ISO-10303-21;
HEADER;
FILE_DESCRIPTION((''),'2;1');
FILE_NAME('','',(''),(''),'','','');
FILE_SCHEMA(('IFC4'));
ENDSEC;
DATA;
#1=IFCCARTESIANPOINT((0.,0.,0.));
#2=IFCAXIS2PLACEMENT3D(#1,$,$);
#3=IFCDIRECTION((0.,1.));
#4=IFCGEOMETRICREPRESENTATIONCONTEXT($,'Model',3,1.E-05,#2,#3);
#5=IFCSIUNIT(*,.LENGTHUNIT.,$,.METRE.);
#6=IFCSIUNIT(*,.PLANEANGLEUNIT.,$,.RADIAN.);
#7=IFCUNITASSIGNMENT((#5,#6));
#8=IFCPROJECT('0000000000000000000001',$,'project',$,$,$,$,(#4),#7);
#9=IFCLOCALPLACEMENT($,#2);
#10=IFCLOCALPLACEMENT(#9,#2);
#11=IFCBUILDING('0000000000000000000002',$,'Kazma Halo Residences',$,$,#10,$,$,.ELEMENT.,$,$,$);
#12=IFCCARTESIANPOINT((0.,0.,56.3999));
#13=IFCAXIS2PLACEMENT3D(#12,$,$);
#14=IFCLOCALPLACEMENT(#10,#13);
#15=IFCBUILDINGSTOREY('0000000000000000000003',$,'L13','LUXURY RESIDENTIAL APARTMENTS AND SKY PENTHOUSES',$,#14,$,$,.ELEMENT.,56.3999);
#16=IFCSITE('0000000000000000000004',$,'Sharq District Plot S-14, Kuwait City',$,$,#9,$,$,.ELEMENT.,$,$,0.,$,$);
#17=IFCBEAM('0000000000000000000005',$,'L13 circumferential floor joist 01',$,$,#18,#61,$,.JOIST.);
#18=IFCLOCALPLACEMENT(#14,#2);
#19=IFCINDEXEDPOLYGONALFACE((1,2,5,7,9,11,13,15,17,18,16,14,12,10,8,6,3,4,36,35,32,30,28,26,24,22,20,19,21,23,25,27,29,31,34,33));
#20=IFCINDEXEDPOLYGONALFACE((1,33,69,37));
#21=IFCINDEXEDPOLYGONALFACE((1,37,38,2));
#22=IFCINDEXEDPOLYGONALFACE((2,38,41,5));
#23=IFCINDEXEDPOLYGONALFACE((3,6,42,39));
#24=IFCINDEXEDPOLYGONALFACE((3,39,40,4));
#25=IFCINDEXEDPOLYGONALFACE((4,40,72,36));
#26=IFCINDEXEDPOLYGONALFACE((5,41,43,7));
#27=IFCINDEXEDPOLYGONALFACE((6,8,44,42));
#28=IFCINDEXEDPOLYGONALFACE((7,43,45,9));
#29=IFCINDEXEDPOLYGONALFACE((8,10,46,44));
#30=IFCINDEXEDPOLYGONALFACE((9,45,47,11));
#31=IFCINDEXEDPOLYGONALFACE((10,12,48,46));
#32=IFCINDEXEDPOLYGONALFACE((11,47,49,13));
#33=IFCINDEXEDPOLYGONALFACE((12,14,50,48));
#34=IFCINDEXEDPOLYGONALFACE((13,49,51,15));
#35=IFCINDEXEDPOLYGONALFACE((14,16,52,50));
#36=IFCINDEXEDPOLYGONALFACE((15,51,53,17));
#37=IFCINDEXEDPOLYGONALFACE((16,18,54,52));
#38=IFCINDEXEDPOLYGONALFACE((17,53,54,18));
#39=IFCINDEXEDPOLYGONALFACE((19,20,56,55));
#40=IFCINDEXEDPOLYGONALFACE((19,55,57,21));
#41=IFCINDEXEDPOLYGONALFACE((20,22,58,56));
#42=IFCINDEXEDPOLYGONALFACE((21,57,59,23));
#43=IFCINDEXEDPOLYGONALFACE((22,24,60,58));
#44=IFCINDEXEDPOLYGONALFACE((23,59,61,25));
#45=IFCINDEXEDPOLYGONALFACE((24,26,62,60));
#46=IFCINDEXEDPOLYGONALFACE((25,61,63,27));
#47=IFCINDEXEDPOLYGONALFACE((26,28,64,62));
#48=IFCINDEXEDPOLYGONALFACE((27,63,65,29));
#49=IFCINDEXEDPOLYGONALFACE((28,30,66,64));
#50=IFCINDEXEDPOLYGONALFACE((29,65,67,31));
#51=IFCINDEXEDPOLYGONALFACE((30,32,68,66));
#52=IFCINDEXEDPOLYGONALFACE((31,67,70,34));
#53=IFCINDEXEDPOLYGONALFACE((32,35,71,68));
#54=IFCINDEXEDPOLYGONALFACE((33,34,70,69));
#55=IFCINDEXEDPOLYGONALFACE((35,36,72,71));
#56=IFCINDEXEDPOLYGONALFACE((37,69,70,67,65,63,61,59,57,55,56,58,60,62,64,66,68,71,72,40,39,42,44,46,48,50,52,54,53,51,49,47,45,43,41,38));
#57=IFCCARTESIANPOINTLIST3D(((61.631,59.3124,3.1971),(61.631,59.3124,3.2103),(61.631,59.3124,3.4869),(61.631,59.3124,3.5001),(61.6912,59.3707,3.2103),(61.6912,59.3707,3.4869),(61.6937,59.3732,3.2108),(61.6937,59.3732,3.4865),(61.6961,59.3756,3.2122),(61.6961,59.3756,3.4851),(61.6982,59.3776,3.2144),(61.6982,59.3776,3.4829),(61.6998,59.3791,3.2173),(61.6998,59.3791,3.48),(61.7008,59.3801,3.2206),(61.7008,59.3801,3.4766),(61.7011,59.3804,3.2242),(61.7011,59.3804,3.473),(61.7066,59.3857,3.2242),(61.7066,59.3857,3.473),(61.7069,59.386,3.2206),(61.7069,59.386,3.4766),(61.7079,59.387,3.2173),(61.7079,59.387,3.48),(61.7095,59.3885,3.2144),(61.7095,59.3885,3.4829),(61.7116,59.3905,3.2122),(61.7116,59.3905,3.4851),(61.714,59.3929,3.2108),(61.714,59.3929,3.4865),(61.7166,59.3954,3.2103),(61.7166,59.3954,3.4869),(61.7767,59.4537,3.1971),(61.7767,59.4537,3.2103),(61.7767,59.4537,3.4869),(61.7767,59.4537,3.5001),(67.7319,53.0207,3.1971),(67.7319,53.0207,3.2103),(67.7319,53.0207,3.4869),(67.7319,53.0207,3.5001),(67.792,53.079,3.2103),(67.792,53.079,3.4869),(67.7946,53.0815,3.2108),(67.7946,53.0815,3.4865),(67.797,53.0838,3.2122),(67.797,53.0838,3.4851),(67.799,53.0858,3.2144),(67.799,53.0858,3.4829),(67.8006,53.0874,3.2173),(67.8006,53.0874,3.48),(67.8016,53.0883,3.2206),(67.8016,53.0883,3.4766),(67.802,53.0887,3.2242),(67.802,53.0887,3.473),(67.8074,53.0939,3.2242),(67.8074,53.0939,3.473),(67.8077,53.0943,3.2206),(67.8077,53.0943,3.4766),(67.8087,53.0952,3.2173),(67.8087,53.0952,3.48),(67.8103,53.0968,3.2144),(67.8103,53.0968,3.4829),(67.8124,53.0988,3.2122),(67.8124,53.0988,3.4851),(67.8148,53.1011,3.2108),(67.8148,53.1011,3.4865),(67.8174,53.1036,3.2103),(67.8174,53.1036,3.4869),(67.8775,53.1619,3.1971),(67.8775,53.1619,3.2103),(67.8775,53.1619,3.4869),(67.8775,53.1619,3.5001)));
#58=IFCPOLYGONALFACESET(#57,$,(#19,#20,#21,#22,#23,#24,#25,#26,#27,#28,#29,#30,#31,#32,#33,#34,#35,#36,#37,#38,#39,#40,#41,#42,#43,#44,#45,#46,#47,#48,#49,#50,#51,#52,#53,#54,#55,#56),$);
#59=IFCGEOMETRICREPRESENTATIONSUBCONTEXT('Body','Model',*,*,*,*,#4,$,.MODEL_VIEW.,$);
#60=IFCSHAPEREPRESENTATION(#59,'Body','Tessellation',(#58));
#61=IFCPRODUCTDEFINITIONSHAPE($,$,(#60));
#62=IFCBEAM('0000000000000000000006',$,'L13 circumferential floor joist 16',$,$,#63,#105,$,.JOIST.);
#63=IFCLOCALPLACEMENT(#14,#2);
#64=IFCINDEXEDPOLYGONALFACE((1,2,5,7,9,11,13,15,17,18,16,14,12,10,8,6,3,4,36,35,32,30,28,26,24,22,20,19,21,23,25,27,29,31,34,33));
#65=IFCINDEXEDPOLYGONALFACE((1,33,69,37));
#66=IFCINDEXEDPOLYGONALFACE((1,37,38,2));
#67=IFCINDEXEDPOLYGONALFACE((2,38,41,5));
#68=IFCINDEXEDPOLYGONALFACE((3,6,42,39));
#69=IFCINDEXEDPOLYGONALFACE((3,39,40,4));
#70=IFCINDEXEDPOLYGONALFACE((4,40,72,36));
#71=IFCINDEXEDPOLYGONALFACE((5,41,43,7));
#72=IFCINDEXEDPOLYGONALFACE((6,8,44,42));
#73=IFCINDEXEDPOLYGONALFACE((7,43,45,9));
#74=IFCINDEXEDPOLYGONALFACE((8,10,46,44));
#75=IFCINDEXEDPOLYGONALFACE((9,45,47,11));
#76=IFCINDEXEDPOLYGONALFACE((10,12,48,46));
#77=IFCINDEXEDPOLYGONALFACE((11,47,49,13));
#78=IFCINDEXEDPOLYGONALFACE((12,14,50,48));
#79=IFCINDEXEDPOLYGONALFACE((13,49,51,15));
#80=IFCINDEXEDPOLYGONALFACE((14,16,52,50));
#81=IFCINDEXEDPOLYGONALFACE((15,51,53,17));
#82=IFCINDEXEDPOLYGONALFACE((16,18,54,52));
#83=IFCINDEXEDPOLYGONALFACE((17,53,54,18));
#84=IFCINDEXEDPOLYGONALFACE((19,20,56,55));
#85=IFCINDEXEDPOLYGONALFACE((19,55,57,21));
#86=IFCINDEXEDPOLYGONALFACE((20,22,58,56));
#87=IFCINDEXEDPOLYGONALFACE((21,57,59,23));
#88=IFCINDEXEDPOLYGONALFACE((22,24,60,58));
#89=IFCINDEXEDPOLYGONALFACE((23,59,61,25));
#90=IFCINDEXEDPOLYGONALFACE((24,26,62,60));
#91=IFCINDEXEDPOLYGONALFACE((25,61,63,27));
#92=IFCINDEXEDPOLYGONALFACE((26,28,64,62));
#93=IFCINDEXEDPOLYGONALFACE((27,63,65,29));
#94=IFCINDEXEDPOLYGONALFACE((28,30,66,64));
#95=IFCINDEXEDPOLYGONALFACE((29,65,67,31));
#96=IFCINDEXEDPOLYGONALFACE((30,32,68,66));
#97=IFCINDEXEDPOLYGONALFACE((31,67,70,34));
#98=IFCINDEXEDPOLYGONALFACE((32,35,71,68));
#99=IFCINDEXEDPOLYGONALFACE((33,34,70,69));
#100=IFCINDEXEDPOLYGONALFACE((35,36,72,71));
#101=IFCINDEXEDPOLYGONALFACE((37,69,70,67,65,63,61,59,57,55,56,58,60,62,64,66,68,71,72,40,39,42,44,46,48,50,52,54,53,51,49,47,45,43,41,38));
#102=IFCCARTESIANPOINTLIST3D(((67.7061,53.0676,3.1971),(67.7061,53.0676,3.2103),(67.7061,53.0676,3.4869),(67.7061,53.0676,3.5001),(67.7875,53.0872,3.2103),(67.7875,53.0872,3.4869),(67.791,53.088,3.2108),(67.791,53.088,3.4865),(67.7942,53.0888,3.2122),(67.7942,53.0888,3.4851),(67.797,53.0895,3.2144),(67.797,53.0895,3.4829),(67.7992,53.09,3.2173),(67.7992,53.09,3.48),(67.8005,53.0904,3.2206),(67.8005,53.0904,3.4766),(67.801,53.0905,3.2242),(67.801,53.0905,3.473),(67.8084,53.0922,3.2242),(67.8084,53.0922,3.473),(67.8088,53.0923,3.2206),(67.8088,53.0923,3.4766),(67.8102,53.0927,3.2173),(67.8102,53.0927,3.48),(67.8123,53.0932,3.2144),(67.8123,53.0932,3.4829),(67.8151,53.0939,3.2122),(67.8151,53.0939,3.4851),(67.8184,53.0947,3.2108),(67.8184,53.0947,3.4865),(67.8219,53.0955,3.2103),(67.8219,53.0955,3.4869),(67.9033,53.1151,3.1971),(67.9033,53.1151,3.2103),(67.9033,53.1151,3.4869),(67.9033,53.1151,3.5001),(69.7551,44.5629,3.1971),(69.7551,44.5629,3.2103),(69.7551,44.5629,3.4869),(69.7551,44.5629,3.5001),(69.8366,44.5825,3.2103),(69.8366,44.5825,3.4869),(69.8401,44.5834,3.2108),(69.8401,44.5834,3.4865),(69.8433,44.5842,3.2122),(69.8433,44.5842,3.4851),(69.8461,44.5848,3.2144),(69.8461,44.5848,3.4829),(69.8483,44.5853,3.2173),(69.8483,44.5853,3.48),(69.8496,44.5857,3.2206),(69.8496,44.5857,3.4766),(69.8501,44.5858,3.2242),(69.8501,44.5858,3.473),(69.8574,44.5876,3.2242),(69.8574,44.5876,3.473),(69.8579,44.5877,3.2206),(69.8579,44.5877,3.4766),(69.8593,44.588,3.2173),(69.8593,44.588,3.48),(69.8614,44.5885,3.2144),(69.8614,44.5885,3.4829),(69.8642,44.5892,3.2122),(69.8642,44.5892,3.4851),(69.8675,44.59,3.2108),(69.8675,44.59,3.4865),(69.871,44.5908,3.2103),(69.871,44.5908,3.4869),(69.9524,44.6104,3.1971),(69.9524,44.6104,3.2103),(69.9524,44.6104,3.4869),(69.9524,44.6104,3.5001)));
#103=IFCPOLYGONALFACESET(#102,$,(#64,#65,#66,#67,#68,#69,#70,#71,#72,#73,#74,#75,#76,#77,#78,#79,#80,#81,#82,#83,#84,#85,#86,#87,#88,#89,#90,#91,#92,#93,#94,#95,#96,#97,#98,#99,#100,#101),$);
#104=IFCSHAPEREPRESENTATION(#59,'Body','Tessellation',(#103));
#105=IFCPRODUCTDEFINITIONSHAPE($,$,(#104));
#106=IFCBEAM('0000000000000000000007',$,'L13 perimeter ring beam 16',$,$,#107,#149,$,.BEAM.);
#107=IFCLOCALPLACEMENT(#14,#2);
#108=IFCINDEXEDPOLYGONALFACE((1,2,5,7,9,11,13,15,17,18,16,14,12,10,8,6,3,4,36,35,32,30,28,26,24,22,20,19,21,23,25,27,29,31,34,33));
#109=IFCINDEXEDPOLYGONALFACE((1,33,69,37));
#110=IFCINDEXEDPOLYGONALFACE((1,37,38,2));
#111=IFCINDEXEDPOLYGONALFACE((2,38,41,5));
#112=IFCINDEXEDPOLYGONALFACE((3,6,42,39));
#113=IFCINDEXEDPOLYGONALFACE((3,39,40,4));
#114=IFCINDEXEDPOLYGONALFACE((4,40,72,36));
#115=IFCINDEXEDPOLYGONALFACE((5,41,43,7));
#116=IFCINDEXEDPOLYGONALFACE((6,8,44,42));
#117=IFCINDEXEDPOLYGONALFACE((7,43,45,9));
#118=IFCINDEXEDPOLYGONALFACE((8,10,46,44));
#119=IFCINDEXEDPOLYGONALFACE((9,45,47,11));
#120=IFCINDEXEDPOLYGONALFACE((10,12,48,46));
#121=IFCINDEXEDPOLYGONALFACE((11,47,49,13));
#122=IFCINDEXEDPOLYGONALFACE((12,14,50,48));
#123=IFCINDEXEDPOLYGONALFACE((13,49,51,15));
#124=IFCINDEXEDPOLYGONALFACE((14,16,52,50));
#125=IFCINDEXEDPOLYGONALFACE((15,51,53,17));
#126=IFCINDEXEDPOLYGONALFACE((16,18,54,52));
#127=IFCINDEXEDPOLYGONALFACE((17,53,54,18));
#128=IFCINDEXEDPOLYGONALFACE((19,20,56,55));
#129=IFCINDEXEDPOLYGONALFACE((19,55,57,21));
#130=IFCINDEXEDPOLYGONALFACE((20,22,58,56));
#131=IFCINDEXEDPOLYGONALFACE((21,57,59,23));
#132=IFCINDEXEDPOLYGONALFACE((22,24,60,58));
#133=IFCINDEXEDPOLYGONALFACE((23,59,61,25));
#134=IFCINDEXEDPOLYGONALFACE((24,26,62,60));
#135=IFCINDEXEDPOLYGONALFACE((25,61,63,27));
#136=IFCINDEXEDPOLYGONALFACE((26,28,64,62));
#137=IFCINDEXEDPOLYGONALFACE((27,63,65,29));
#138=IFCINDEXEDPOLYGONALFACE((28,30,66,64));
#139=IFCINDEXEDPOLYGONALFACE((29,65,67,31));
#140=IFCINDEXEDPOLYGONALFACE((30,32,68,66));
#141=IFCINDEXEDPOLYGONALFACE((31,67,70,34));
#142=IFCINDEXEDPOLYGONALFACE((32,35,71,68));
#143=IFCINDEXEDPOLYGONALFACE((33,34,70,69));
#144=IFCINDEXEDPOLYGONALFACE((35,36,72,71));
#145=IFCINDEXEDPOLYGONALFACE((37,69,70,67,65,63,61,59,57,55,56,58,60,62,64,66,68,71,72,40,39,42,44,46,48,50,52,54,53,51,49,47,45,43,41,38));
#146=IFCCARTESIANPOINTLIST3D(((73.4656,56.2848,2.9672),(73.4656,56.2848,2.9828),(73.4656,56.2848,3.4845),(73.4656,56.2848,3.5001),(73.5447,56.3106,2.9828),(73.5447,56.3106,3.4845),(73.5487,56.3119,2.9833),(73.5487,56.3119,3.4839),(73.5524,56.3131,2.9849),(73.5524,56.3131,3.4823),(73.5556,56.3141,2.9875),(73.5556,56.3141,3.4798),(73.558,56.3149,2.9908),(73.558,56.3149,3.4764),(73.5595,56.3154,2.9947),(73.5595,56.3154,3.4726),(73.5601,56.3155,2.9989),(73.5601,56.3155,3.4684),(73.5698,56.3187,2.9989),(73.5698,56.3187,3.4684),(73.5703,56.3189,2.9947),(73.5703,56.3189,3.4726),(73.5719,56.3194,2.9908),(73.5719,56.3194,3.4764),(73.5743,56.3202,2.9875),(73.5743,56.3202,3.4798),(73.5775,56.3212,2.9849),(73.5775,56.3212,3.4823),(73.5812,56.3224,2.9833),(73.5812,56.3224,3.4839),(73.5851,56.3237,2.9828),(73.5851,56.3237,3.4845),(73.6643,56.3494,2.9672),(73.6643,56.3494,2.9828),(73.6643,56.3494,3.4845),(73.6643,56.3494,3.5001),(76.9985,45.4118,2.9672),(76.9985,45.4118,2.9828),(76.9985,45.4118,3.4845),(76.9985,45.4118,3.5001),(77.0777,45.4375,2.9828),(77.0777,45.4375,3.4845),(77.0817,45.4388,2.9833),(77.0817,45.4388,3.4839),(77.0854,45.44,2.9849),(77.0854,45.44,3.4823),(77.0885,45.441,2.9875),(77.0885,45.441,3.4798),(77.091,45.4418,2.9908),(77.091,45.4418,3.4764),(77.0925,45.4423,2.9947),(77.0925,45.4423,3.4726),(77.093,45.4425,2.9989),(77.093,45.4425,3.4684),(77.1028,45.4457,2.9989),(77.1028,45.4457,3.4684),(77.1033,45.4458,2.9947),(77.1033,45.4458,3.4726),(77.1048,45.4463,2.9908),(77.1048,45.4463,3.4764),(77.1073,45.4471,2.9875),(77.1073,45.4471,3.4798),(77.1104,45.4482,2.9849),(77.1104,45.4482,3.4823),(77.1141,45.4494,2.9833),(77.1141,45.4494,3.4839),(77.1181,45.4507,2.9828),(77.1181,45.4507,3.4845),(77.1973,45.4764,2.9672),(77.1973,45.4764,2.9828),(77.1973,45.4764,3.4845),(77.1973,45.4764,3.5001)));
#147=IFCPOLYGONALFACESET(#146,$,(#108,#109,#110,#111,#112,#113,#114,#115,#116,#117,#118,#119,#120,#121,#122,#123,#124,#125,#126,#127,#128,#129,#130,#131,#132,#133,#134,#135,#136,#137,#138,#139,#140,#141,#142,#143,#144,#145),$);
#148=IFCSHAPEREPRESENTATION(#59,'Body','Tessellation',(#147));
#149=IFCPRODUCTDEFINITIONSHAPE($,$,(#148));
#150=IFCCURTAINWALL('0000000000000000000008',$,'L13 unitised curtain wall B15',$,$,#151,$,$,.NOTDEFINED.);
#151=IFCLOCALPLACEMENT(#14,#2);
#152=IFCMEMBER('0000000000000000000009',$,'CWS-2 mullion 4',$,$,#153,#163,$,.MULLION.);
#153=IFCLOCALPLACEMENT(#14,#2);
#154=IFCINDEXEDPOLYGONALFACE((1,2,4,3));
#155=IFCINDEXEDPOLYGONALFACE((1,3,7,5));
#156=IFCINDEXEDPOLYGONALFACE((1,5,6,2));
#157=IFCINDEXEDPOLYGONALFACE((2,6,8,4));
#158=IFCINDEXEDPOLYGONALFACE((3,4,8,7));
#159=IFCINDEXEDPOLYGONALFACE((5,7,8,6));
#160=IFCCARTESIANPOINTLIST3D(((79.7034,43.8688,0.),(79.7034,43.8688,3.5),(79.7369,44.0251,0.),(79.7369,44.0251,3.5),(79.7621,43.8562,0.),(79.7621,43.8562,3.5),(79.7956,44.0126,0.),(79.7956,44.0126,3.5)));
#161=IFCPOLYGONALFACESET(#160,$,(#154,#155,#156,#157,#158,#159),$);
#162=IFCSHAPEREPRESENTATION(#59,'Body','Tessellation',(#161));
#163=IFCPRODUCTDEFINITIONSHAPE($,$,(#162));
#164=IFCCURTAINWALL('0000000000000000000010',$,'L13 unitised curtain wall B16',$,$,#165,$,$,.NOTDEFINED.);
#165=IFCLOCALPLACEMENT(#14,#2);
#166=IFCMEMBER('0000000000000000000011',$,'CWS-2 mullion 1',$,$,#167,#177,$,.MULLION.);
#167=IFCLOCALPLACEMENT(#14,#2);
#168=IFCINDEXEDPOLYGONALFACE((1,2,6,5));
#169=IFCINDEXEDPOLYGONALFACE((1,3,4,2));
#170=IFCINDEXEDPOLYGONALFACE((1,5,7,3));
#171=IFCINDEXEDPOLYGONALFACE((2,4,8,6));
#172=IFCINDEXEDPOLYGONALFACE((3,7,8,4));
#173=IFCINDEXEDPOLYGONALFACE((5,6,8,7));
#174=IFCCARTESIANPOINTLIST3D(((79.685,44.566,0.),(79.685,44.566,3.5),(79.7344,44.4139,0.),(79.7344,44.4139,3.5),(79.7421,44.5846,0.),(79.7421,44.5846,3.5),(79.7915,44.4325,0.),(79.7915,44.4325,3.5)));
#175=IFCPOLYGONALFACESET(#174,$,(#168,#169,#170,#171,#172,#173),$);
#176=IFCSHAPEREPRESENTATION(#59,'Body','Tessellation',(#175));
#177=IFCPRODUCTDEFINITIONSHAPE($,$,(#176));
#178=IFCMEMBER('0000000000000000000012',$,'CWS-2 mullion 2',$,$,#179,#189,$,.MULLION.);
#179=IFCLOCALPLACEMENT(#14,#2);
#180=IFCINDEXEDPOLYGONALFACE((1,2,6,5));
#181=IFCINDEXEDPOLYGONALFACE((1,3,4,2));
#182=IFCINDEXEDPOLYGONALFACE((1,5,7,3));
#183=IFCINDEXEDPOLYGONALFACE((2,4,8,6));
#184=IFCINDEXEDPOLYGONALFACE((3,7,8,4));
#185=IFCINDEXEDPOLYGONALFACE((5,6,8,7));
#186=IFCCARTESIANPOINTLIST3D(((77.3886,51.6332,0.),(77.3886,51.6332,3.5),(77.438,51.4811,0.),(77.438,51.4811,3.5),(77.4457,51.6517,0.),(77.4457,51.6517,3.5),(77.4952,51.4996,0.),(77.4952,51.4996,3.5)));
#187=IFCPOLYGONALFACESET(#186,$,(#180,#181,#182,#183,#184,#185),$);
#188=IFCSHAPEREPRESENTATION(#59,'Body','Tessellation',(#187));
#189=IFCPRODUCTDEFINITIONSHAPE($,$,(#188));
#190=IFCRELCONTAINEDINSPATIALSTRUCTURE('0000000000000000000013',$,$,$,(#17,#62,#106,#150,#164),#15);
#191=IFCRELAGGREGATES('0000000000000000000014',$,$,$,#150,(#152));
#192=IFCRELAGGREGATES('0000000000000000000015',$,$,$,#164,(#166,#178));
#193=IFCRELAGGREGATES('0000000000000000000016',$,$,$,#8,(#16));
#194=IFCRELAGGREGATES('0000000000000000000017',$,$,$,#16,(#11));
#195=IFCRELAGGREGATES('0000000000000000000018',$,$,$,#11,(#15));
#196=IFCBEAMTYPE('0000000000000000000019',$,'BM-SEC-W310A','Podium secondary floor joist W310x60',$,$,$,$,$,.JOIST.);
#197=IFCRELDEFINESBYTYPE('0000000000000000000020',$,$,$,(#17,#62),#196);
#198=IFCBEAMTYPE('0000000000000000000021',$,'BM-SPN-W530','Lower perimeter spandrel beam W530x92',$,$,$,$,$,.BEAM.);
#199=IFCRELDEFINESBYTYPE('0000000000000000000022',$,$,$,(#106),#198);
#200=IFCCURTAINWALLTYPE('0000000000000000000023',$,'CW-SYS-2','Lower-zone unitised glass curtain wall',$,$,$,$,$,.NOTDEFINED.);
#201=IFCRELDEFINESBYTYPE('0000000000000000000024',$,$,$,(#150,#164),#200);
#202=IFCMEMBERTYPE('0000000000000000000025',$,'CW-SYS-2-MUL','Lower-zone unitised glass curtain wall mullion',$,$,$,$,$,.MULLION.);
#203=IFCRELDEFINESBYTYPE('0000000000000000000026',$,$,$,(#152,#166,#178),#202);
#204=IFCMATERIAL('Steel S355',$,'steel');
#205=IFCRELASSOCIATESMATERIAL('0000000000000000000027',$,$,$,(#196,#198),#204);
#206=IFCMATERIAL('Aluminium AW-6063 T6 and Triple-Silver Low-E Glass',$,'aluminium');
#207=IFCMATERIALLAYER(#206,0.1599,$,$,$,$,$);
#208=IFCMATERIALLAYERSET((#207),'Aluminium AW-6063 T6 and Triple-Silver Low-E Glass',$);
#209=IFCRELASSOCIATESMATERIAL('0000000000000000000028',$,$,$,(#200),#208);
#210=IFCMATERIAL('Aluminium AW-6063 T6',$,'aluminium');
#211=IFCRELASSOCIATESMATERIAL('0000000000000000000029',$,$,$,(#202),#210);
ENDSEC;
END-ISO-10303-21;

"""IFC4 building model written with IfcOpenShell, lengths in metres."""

from ifc_helpers import new_model, si_unit, direction, frame, origin, origin_2d, place, context, subcontext, project, spatial, rectangle, i_section, extrude, material, layer, layer_set, material_profile, profile_set, type_object, element, aggregate, save


model = new_model("IFC4")

# Units and contexts
model_context = context("Model", 3, precision=1e-05, world=origin(), true_north=direction((0.0, 1.0)))
body_context = subcontext(model_context, "Body", "Model", "MODEL_VIEW")
ifc_project = project(units=[si_unit("LENGTHUNIT", "METRE"), si_unit("PLANEANGLEUNIT", "RADIAN")], contexts=[model_context])

# Site, building, storey
site_placement = place(None, origin())
site = spatial("IfcSite", under=ifc_project, at=site_placement, Name="Sharq District Plot S-14, Kuwait City", CompositionType="ELEMENT", RefElevation=0.0)
building_placement = place(site_placement, origin())
building = spatial("IfcBuilding", under=site, at=building_placement, Name="Kazma Halo Residences", CompositionType="ELEMENT")
storey_placement = place(building_placement, frame((0.0, 0.0, 56.3999)))
storey = spatial("IfcBuildingStorey", under=building, at=storey_placement, Name="L13", Description="LUXURY RESIDENTIAL APARTMENTS AND SKY PENTHOUSES", CompositionType="ELEMENT", Elevation=56.3999)

# Beams
ifc_material_1 = material(Name="Steel S355", Category="steel")
ifc_material_profile_1 = material_profile(ifc_material_1, i_section(OverallWidth=0.2029, OverallDepth=0.303, WebThickness=0.0076, FlangeThickness=0.0132, FilletRadius=0.0139, at=origin_2d()), Name="W310x60")
ifc_profile_set_1 = profile_set([ifc_material_profile_1], Name="Steel S355")
beam_type_1 = type_object("IfcBeamType", Name="BM-SEC-W310A", Description="Podium secondary floor joist W310x60", PredefinedType="JOIST", material=ifc_profile_set_1)
beam_1_placement = place(storey_placement, frame((67.8047, 53.0913, 3.3486), z_axis=(-0.696131, 0.717915, 0.0), x_axis=(-0.717915, -0.696131, 0.0)))
element("IfcBeam", 1, at=beam_1_placement, inside=storey, type_object=beam_type_1, Name="L13 circumferential floor joist 01", PredefinedType="JOIST", context=body_context, shape_type="SweptSolid", body=[
    extrude(i_section(OverallWidth=0.2029, OverallDepth=0.303, WebThickness=0.0076, FlangeThickness=0.0132, FilletRadius=0.0139, at=origin_2d()), origin(), (0.0, 0.0, 1.0), 8.7639),
])
beam_2_placement = place(storey_placement, frame((69.8538, 44.5867, 3.3486), z_axis=(-0.234233, 0.97218, 0.0), x_axis=(-0.97218, -0.234233, 0.0)))
element("IfcBeam", 2, at=beam_2_placement, inside=storey, type_object=beam_type_1, Name="L13 circumferential floor joist 16", PredefinedType="JOIST", context=body_context, shape_type="SweptSolid", body=[
    extrude(i_section(OverallWidth=0.2029, OverallDepth=0.303, WebThickness=0.0076, FlangeThickness=0.0132, FilletRadius=0.0139, at=origin_2d()), origin(), (0.0, 0.0, 1.0), 8.748),
])
ifc_material_profile_2 = material_profile(ifc_material_1, i_section(OverallWidth=0.209, OverallDepth=0.533, WebThickness=0.0103, FlangeThickness=0.0156, FilletRadius=0.0161, at=origin_2d()), Name="W530x92")
ifc_profile_set_2 = profile_set([ifc_material_profile_2], Name="Steel S355")
beam_type_2 = type_object("IfcBeamType", Name="BM-SPN-W530", Description="Lower perimeter spandrel beam W530x92", PredefinedType="BEAM", material=ifc_profile_set_2)
beam_3_placement = place(storey_placement, frame((77.0979, 45.4441, 3.2336), z_axis=(-0.309024, 0.951054, 0.0), x_axis=(-0.951054, -0.309024, 0.0)))
element("IfcBeam", 3, at=beam_3_placement, inside=storey, type_object=beam_type_2, Name="L13 perimeter ring beam 16", PredefinedType="BEAM", context=body_context, shape_type="SweptSolid", body=[
    extrude(i_section(OverallWidth=0.209, OverallDepth=0.533, WebThickness=0.0103, FlangeThickness=0.0156, FilletRadius=0.0161, at=origin_2d()), origin(), (0.0, 0.0, 1.0), 11.4326),
])

# Curtain wall, member
ifc_material_2 = material(Name="Aluminium AW-6063 T6 and Triple-Silver Low-E Glass", Category="aluminium")
ifc_layer_1 = layer(ifc_material_2, 0.1599)
ifc_layer_set_1 = layer_set([ifc_layer_1], Name="Aluminium AW-6063 T6 and Triple-Silver Low-E Glass")
curtain_wall_type = type_object("IfcCurtainWallType", Name="CW-SYS-2", Description="Lower-zone unitised glass curtain wall", PredefinedType="NOTDEFINED", material=ifc_layer_set_1)
curtain_wall_1_placement = place(storey_placement, origin())
curtain_wall_1 = element("IfcCurtainWall", 4, at=curtain_wall_1_placement, inside=storey, type_object=curtain_wall_type, Name="L13 unitised curtain wall B15", PredefinedType="NOTDEFINED")
ifc_material_3 = material(Name="Aluminium AW-6063 T6", Category="aluminium")
ifc_material_profile_3 = material_profile(ifc_material_3, rectangle(XDim=0.0601, YDim=0.1599, at=origin_2d()), Name="CWM-60x160")
ifc_profile_set_3 = profile_set([ifc_material_profile_3], Name="Aluminium AW-6063 T6")
member_type_1 = type_object("IfcMemberType", Name="CW-SYS-2-MUL", Description="Lower-zone unitised glass curtain wall mullion", PredefinedType="MULLION", material=ifc_profile_set_3)
member_1_placement = place(storey_placement, frame((79.7495, 43.9407, 0.0), z_axis=(0.0, 0.0, 1.0), x_axis=(-0.977779, 0.209637, 0.0)))
member_1 = element("IfcMember", 5, at=member_1_placement, type_object=member_type_1, Name="CWS-2 mullion 4", PredefinedType="MULLION", context=body_context, shape_type="SweptSolid", body=[
    extrude(rectangle(XDim=0.0601, YDim=0.1599, at=origin_2d()), origin(), (0.0, 0.0, 1.0), 3.5),
])
aggregate(curtain_wall_1, [member_1])

# Curtain wall, members
curtain_wall_2_placement = place(storey_placement, origin())
curtain_wall_2 = element("IfcCurtainWall", 6, at=curtain_wall_2_placement, inside=storey, type_object=curtain_wall_type, Name="L13 unitised curtain wall B16", PredefinedType="NOTDEFINED")
member_2_placement = place(storey_placement, frame((79.7383, 44.4993, 0.0), z_axis=(0.0, 0.0, 1.0), x_axis=(-0.951057, -0.309017, 0.0)))
member_2 = element("IfcMember", 7, at=member_2_placement, type_object=member_type_1, Name="CWS-2 mullion 1", PredefinedType="MULLION", context=body_context, shape_type="SweptSolid", body=[
    extrude(rectangle(XDim=0.0601, YDim=0.1599, at=origin_2d()), origin(), (0.0, 0.0, 1.0), 3.5),
])
member_3_placement = place(storey_placement, frame((77.4419, 51.5664, 0.0), z_axis=(0.0, 0.0, 1.0), x_axis=(-0.951057, -0.309017, 0.0)))
member_3 = element("IfcMember", 8, at=member_3_placement, type_object=member_type_1, Name="CWS-2 mullion 2", PredefinedType="MULLION", context=body_context, shape_type="SweptSolid", body=[
    extrude(rectangle(XDim=0.0601, YDim=0.1599, at=origin_2d()), origin(), (0.0, 0.0, 1.0), 3.5),
])
aggregate(curtain_wall_2, [member_2, member_3])

save(model, "model.ifc")
